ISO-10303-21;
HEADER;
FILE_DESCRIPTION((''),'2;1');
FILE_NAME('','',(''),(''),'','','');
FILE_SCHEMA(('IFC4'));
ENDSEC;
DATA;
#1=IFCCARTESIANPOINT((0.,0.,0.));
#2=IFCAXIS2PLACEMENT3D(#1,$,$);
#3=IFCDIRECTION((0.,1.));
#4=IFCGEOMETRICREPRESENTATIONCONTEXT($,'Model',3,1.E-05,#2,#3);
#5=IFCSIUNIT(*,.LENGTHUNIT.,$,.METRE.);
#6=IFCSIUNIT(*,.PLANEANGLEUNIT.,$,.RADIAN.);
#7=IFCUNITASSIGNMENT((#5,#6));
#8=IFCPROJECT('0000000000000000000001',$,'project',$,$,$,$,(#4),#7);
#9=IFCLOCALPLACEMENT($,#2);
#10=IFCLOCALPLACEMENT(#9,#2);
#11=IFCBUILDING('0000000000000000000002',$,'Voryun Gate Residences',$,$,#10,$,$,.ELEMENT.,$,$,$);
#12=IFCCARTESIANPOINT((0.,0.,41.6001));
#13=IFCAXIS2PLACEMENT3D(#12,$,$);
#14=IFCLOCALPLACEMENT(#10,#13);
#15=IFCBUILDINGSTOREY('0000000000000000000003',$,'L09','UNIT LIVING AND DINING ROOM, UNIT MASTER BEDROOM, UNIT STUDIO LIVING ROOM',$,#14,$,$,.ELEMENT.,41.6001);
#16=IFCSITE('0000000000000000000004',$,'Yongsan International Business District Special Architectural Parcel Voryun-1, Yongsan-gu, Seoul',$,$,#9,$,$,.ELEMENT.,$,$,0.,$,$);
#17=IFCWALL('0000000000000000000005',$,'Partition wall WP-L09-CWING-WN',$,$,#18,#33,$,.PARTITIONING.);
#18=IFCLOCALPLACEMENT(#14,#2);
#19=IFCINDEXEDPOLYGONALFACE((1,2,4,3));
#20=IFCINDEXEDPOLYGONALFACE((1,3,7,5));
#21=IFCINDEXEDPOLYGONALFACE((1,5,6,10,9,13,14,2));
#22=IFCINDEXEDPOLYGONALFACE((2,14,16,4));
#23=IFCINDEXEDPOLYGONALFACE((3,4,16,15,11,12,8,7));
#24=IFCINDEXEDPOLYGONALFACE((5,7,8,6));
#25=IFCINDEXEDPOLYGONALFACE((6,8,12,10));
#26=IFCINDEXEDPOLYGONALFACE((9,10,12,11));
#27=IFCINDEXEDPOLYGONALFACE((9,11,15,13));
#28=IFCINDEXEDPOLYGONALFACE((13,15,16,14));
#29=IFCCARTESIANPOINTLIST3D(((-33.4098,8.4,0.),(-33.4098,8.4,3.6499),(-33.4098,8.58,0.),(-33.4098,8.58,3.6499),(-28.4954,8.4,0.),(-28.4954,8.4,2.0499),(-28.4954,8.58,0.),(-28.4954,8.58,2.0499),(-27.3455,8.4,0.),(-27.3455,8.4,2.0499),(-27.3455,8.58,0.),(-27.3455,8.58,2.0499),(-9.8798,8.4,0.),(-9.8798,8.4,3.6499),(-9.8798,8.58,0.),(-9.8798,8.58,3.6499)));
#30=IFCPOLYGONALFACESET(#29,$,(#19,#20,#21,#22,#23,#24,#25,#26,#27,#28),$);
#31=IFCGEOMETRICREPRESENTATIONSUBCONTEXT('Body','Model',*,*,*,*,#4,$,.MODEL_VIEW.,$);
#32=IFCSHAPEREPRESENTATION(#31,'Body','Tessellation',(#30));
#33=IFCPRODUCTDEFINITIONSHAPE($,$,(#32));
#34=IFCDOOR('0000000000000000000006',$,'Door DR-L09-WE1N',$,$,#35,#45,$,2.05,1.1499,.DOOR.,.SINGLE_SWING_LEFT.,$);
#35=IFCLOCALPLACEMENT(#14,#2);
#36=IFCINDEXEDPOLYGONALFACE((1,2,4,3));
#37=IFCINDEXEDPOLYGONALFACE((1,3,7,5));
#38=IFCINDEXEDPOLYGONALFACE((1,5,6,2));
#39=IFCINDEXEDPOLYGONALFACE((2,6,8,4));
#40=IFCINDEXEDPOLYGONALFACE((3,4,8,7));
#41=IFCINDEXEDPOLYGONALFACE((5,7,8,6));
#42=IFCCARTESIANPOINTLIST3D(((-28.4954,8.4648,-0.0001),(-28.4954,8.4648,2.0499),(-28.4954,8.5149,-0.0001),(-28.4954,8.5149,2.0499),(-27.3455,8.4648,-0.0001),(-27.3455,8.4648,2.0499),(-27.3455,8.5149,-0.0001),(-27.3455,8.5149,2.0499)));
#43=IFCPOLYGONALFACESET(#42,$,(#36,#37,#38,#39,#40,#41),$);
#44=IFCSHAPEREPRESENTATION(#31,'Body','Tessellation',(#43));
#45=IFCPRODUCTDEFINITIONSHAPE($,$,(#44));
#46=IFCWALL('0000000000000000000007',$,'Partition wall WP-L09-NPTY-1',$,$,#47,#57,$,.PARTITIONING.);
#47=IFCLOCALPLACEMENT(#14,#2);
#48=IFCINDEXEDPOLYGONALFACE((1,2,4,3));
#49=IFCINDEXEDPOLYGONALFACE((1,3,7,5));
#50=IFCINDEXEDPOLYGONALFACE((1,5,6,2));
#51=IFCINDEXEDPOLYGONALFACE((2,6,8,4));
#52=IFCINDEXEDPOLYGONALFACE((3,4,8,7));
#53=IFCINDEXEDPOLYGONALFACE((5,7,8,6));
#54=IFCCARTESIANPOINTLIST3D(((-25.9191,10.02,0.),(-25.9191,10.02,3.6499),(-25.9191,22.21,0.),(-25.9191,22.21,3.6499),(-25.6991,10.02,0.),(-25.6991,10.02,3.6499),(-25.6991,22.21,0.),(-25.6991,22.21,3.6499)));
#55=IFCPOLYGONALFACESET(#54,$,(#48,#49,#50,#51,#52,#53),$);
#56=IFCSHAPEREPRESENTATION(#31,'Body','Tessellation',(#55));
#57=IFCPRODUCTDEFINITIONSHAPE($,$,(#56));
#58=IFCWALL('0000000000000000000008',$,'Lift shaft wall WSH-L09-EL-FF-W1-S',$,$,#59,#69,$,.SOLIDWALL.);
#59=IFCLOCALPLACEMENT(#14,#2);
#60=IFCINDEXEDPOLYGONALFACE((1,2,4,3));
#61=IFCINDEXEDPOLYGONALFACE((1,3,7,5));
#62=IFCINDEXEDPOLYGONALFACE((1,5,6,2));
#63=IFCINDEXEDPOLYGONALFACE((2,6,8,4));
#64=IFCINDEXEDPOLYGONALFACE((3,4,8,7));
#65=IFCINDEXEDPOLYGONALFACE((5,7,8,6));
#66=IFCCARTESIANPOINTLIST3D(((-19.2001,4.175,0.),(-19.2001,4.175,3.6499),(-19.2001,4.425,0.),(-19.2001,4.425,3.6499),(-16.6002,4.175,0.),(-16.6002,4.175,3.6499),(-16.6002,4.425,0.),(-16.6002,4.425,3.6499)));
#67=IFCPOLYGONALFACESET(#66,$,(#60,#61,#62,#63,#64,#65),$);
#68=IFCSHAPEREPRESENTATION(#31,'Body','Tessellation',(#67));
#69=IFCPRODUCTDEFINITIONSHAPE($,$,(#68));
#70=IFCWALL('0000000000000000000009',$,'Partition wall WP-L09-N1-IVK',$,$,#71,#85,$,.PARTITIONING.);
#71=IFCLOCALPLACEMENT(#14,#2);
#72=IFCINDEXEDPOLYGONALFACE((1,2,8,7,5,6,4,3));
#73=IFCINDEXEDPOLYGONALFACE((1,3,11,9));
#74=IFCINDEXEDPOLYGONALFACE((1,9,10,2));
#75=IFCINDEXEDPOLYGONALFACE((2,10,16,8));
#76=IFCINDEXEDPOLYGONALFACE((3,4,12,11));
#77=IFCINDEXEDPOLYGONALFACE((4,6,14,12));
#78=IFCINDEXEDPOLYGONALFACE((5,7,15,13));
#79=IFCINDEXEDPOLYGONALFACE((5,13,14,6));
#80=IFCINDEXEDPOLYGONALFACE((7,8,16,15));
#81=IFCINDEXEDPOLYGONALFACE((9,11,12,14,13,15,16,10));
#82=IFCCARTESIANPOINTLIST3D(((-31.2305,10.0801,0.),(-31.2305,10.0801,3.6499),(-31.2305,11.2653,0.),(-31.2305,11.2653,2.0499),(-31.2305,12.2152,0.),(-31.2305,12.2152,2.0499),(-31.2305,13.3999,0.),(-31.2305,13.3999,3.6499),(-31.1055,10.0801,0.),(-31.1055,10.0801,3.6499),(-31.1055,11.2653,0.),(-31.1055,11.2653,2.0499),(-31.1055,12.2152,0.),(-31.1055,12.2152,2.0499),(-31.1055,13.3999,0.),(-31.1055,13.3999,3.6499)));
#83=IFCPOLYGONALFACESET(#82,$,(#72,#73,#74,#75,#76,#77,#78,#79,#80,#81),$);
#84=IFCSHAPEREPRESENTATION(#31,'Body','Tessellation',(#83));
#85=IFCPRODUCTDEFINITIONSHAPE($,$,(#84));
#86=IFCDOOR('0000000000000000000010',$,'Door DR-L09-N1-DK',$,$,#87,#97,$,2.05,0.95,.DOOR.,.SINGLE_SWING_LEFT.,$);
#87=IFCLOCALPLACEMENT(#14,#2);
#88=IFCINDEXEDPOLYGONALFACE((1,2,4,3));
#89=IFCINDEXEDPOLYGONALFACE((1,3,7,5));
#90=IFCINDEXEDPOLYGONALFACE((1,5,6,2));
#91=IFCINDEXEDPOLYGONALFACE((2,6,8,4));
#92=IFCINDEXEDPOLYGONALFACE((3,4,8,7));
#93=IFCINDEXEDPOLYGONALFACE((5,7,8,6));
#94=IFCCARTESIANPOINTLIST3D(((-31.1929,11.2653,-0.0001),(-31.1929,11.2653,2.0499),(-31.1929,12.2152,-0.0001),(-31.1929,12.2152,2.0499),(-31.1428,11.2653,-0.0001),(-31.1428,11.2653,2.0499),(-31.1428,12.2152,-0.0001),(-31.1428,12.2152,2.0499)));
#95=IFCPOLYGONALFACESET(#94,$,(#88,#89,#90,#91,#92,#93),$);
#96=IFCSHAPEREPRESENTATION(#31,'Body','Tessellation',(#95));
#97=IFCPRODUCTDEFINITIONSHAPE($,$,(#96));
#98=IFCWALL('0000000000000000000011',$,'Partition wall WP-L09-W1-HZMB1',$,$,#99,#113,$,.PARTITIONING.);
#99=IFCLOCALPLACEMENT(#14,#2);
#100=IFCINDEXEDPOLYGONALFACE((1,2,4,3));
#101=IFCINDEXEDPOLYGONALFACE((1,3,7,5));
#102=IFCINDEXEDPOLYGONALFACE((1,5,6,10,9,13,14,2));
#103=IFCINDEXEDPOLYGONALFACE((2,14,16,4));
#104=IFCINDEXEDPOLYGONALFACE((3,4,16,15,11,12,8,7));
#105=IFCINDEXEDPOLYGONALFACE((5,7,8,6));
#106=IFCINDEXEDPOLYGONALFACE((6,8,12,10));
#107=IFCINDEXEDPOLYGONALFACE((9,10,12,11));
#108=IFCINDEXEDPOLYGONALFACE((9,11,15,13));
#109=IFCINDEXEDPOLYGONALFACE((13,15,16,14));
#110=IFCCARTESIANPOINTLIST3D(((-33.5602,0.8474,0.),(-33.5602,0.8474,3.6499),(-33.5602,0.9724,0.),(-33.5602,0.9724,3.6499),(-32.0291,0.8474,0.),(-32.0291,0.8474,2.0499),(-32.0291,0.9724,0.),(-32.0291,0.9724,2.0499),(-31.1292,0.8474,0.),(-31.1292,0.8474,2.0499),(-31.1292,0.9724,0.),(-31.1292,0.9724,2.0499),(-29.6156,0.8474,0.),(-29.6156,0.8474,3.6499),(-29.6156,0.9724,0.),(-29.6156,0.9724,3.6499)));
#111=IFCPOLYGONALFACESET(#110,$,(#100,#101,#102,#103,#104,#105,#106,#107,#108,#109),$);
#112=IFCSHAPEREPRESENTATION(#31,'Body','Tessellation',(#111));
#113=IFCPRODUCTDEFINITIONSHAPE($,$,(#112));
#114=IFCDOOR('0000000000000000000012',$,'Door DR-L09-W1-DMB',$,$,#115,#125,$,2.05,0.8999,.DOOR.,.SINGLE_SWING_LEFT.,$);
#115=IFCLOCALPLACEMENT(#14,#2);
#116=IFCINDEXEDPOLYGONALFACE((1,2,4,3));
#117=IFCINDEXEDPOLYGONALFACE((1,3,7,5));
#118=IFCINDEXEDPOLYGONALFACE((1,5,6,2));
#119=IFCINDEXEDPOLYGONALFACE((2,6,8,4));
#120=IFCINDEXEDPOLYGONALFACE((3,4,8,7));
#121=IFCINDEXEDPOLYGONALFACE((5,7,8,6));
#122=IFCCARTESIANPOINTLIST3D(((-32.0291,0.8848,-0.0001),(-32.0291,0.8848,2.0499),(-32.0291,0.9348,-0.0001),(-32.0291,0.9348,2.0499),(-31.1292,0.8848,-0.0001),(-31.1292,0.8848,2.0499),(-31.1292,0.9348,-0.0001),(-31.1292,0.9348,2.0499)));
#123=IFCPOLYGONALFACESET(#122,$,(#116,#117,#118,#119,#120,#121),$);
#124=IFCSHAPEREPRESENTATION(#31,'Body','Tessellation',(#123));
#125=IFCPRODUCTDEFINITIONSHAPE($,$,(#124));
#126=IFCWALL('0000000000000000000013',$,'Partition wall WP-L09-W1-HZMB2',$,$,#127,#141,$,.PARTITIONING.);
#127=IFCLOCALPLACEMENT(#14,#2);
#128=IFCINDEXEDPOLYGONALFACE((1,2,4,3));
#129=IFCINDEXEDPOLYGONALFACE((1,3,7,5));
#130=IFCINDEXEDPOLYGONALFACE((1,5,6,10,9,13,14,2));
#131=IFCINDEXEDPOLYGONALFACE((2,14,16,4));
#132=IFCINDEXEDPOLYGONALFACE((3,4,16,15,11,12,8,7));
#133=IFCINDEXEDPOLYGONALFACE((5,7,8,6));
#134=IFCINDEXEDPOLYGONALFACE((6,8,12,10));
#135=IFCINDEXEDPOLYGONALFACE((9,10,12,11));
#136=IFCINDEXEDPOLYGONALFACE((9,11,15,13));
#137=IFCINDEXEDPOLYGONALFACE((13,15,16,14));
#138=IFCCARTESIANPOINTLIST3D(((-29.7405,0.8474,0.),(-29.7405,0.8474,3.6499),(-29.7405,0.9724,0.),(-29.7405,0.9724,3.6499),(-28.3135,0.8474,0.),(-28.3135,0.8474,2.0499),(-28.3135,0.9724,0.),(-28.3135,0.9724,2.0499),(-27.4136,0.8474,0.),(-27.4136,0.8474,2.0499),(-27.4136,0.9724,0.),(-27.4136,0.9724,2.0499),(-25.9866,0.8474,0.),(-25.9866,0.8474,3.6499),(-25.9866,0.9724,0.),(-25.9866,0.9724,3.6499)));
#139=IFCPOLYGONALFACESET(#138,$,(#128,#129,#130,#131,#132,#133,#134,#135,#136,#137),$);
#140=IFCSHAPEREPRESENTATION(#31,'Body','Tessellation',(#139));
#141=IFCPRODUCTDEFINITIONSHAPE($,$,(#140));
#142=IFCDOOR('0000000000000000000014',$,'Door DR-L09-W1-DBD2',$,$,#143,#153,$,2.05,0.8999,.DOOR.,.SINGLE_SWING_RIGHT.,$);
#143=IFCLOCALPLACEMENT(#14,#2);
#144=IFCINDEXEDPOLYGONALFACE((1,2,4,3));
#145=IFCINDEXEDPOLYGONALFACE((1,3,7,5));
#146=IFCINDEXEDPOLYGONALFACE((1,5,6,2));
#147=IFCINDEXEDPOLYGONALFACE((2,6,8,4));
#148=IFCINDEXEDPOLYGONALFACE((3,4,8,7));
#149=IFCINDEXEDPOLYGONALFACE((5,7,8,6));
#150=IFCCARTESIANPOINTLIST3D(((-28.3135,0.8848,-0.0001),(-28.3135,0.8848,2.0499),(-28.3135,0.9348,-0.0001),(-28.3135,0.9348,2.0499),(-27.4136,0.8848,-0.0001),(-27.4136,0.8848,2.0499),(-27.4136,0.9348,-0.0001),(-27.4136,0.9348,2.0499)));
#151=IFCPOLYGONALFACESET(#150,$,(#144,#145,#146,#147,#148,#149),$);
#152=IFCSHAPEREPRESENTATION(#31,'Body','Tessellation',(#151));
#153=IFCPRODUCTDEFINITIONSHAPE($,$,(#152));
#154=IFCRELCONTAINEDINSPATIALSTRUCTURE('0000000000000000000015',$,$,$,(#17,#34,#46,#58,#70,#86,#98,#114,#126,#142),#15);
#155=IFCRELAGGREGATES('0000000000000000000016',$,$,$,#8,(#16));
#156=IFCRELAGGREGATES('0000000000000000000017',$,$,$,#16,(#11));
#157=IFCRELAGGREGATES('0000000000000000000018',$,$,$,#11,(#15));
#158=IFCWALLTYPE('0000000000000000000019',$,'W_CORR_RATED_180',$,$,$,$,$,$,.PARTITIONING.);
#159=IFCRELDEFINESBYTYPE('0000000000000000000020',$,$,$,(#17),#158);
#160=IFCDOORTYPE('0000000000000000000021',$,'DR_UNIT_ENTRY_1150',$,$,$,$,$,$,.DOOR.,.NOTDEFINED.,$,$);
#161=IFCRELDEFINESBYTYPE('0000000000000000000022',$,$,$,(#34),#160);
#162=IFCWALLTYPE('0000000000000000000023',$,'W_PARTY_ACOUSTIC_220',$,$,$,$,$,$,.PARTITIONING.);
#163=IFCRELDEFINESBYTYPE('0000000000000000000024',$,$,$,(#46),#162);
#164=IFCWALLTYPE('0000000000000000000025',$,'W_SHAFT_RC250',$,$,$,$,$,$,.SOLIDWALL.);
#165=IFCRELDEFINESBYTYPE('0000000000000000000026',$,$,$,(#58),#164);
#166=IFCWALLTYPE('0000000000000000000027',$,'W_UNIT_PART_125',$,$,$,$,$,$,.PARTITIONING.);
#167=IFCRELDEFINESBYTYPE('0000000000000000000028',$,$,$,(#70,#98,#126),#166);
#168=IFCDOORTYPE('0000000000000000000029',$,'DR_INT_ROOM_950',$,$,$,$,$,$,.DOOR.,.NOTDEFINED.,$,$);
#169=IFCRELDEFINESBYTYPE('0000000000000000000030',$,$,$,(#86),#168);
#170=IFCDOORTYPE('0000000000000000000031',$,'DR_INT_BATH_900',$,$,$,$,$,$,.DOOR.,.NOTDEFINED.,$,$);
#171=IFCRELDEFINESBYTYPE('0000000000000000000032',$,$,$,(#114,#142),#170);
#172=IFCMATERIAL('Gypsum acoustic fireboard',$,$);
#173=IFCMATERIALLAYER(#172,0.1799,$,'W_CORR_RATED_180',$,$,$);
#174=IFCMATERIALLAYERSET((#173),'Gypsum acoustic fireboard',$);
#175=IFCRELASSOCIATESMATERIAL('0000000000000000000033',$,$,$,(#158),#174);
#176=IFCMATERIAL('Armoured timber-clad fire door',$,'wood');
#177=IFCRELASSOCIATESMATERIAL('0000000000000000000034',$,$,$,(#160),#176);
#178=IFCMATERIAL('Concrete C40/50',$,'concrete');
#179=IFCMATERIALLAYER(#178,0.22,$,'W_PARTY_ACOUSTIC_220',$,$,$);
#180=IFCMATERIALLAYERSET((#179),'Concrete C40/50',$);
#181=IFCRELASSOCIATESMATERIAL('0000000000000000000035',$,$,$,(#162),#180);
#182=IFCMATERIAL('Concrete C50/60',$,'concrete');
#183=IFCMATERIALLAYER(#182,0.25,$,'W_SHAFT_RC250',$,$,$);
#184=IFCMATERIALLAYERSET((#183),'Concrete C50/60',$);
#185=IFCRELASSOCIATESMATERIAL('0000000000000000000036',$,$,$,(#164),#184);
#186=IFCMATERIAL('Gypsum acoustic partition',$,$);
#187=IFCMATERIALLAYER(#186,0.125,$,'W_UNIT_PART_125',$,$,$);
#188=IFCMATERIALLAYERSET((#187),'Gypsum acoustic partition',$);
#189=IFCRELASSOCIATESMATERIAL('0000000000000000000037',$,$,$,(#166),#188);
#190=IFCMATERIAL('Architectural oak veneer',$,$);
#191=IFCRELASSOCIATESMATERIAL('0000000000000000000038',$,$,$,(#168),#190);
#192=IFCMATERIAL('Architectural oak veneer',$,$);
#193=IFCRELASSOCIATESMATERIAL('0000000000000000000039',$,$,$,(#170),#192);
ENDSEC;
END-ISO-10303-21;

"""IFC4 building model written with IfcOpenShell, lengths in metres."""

from ifc_helpers import new_model, si_unit, direction, frame, frame_2d, origin, place, context, subcontext, project, spatial, rectangle, extrude, material, layer, layer_set, type_object, element, fill, save


model = new_model("IFC4")

# Units and contexts
model_context = context("Model", 3, precision=1e-05, world=origin(), true_north=direction((0.0, 1.0)))
body_context = subcontext(model_context, "Body", "Model", "MODEL_VIEW")
ifc_project = project(units=[si_unit("LENGTHUNIT", "METRE"), si_unit("PLANEANGLEUNIT", "RADIAN")], contexts=[model_context])

# Site, building, storey
site_placement = place(None, origin())
site = spatial("IfcSite", under=ifc_project, at=site_placement, Name="Yongsan International Business District Special Architectural Parcel Voryun-1, Yongsan-gu, Seoul", CompositionType="ELEMENT", RefElevation=0.0)
building_placement = place(site_placement, origin())
building = spatial("IfcBuilding", under=site, at=building_placement, Name="Voryun Gate Residences", CompositionType="ELEMENT")
storey_placement = place(building_placement, frame((0.0, 0.0, 41.6001)))
storey = spatial("IfcBuildingStorey", under=building, at=storey_placement, Name="L09", Description="UNIT LIVING AND DINING ROOM, UNIT MASTER BEDROOM, UNIT STUDIO LIVING ROOM", CompositionType="ELEMENT", Elevation=41.6001)

# Wall, opening, door
ifc_material_1 = material(Name="Gypsum acoustic fireboard")
ifc_layer_1 = layer(ifc_material_1, 0.1799, Name="W_CORR_RATED_180")
ifc_layer_set_1 = layer_set([ifc_layer_1], Name="Gypsum acoustic fireboard")
wall_type_1 = type_object("IfcWallType", Name="W_CORR_RATED_180", PredefinedType="PARTITIONING", material=ifc_layer_set_1)
wall_1_placement = place(storey_placement, frame((-33.4099, 8.49, 0.0), z_axis=(0.0, 0.0, 1.0), x_axis=(1.0, 0.0, 0.0)))
wall_1 = element("IfcWall", 1, at=wall_1_placement, inside=storey, type_object=wall_type_1, Name="Partition wall WP-L09-CWING-WN", PredefinedType="PARTITIONING", context=body_context, shape_type="SweptSolid", body=[
    extrude(rectangle(XDim=23.53, YDim=0.1799, at=frame_2d((11.7651, 0.0))), origin(), (0.0, 0.0, 1.0), 3.6499),
])
opening_1_placement = place(wall_1_placement, frame((4.9146, 0.0, 0.0)))
opening_1 = element("IfcOpeningElement", 2, at=opening_1_placement, cuts=wall_1, PredefinedType="OPENING", context=body_context, shape_type="SweptSolid", body=[
    extrude(rectangle(XDim=1.1499, YDim=2.05, at=frame_2d((0.575, 1.0249))), frame((0.0, 0.0999, 0.0), z_axis=(0.0, -1.0, 0.0), x_axis=(1.0, 0.0, 0.0)), (0.0, 0.0, 1.0), 0.2),
])
ifc_material_2 = material(Name="Armoured timber-clad fire door", Category="wood")
door_type_1 = type_object("IfcDoorType", Name="DR_UNIT_ENTRY_1150", OperationType="NOTDEFINED", PredefinedType="DOOR", material=ifc_material_2)
door_1_placement = place(opening_1_placement, origin())
door_1 = element("IfcDoor", 3, at=door_1_placement, inside=storey, type_object=door_type_1, Name="Door DR-L09-WE1N", OperationType="SINGLE_SWING_LEFT", OverallHeight=2.05, OverallWidth=1.1499, PredefinedType="DOOR", context=body_context, shape_type="SweptSolid", body=[
    extrude(rectangle(XDim=1.1499, YDim=2.05, at=frame_2d((0.575, 1.0249))), frame((0.0, 0.0249, 0.0), z_axis=(0.0, -1.0, 0.0), x_axis=(1.0, 0.0, 0.0)), (0.0, 0.0, 1.0), 0.05),
])
fill(opening_1, door_1)

# Walls
ifc_material_3 = material(Name="Concrete C40/50", Category="concrete")
ifc_layer_2 = layer(ifc_material_3, 0.22, Name="W_PARTY_ACOUSTIC_220")
ifc_layer_set_2 = layer_set([ifc_layer_2], Name="Concrete C40/50")
wall_type_2 = type_object("IfcWallType", Name="W_PARTY_ACOUSTIC_220", PredefinedType="PARTITIONING", material=ifc_layer_set_2)
wall_2_placement = place(storey_placement, frame((-25.8091, 10.02, 0.0), z_axis=(0.0, 0.0, 1.0), x_axis=(0.0, 1.0, 0.0)))
element("IfcWall", 4, at=wall_2_placement, inside=storey, type_object=wall_type_2, Name="Partition wall WP-L09-NPTY-1", PredefinedType="PARTITIONING", context=body_context, shape_type="SweptSolid", body=[
    extrude(rectangle(XDim=12.1899, YDim=0.22, at=frame_2d((6.095, 0.0))), origin(), (0.0, 0.0, 1.0), 3.6499),
])
ifc_material_4 = material(Name="Concrete C50/60", Category="concrete")
ifc_layer_3 = layer(ifc_material_4, 0.25, Name="W_SHAFT_RC250")
ifc_layer_set_3 = layer_set([ifc_layer_3], Name="Concrete C50/60")
wall_type_3 = type_object("IfcWallType", Name="W_SHAFT_RC250", PredefinedType="SOLIDWALL", material=ifc_layer_set_3)
wall_3_placement = place(storey_placement, frame((-19.2, 4.3, 0.0), z_axis=(0.0, 0.0, 1.0), x_axis=(1.0, 0.0, 0.0)))
element("IfcWall", 5, at=wall_3_placement, inside=storey, type_object=wall_type_3, Name="Lift shaft wall WSH-L09-EL-FF-W1-S", PredefinedType="SOLIDWALL", context=body_context, shape_type="SweptSolid", body=[
    extrude(rectangle(XDim=2.5999, YDim=0.25, at=frame_2d((1.2998, 0.0))), origin(), (0.0, 0.0, 1.0), 3.6499),
])

# Walls, openings, doors
ifc_material_5 = material(Name="Gypsum acoustic partition")
ifc_layer_4 = layer(ifc_material_5, 0.125, Name="W_UNIT_PART_125")
ifc_layer_set_4 = layer_set([ifc_layer_4], Name="Gypsum acoustic partition")
wall_type_4 = type_object("IfcWallType", Name="W_UNIT_PART_125", PredefinedType="PARTITIONING", material=ifc_layer_set_4)
wall_4_placement = place(storey_placement, frame((-31.168, 10.0801, 0.0), z_axis=(0.0, 0.0, 1.0), x_axis=(0.0, 1.0, 0.0)))
wall_4 = element("IfcWall", 6, at=wall_4_placement, inside=storey, type_object=wall_type_4, Name="Partition wall WP-L09-N1-IVK", PredefinedType="PARTITIONING", context=body_context, shape_type="SweptSolid", body=[
    extrude(rectangle(XDim=3.3198, YDim=0.125, at=frame_2d((1.6599, 0.0))), origin(), (0.0, 0.0, 1.0), 3.6499),
])
opening_2_placement = place(wall_4_placement, frame((1.1851, 0.0, 0.0)))
opening_2 = element("IfcOpeningElement", 7, at=opening_2_placement, cuts=wall_4, PredefinedType="OPENING", context=body_context, shape_type="SweptSolid", body=[
    extrude(rectangle(XDim=0.95, YDim=2.05, at=frame_2d((0.4751, 1.0249))), frame((0.0, 0.0725, 0.0), z_axis=(0.0, -1.0, 0.0), x_axis=(1.0, 0.0, 0.0)), (0.0, 0.0, 1.0), 0.145),
])
ifc_material_6 = material(Name="Architectural oak veneer")
door_type_2 = type_object("IfcDoorType", Name="DR_INT_ROOM_950", OperationType="NOTDEFINED", PredefinedType="DOOR", material=ifc_material_6)
door_2_placement = place(opening_2_placement, origin())
door_2 = element("IfcDoor", 8, at=door_2_placement, inside=storey, type_object=door_type_2, Name="Door DR-L09-N1-DK", OperationType="SINGLE_SWING_LEFT", OverallHeight=2.05, OverallWidth=0.95, PredefinedType="DOOR", context=body_context, shape_type="SweptSolid", body=[
    extrude(rectangle(XDim=0.95, YDim=2.05, at=frame_2d((0.4751, 1.0249))), frame((0.0, 0.0249, 0.0), z_axis=(0.0, -1.0, 0.0), x_axis=(1.0, 0.0, 0.0)), (0.0, 0.0, 1.0), 0.05),
])
fill(opening_2, door_2)
wall_5_placement = place(storey_placement, frame((-33.5601, 0.9099, 0.0), z_axis=(0.0, 0.0, 1.0), x_axis=(1.0, 0.0, 0.0)))
wall_5 = element("IfcWall", 9, at=wall_5_placement, inside=storey, type_object=wall_type_4, Name="Partition wall WP-L09-W1-HZMB1", PredefinedType="PARTITIONING", context=body_context, shape_type="SweptSolid", body=[
    extrude(rectangle(XDim=3.9446, YDim=0.125, at=frame_2d((1.9722, 0.0))), origin(), (0.0, 0.0, 1.0), 3.6499),
])
opening_3_placement = place(wall_5_placement, frame((1.531, 0.0, 0.0)))
opening_3 = element("IfcOpeningElement", 10, at=opening_3_placement, cuts=wall_5, PredefinedType="OPENING", context=body_context, shape_type="SweptSolid", body=[
    extrude(rectangle(XDim=0.8999, YDim=2.05, at=frame_2d((0.45, 1.0249))), frame((0.0, 0.0725, 0.0), z_axis=(0.0, -1.0, 0.0), x_axis=(1.0, 0.0, 0.0)), (0.0, 0.0, 1.0), 0.145),
])
ifc_material_7 = material(Name="Architectural oak veneer")
door_type_3 = type_object("IfcDoorType", Name="DR_INT_BATH_900", OperationType="NOTDEFINED", PredefinedType="DOOR", material=ifc_material_7)
door_3_placement = place(opening_3_placement, origin())
door_3 = element("IfcDoor", 11, at=door_3_placement, inside=storey, type_object=door_type_3, Name="Door DR-L09-W1-DMB", OperationType="SINGLE_SWING_LEFT", OverallHeight=2.05, OverallWidth=0.8999, PredefinedType="DOOR", context=body_context, shape_type="SweptSolid", body=[
    extrude(rectangle(XDim=0.8999, YDim=2.05, at=frame_2d((0.45, 1.0249))), frame((0.0, 0.0249, 0.0), z_axis=(0.0, -1.0, 0.0), x_axis=(1.0, 0.0, 0.0)), (0.0, 0.0, 1.0), 0.05),
])
fill(opening_3, door_3)
wall_6_placement = place(storey_placement, frame((-29.7405, 0.9099, 0.0), z_axis=(0.0, 0.0, 1.0), x_axis=(1.0, 0.0, 0.0)))
wall_6 = element("IfcWall", 12, at=wall_6_placement, inside=storey, type_object=wall_type_4, Name="Partition wall WP-L09-W1-HZMB2", PredefinedType="PARTITIONING", context=body_context, shape_type="SweptSolid", body=[
    extrude(rectangle(XDim=3.7539, YDim=0.125, at=frame_2d((1.877, 0.0))), origin(), (0.0, 0.0, 1.0), 3.6499),
])
opening_4_placement = place(wall_6_placement, frame((1.427, 0.0, 0.0)))
opening_4 = element("IfcOpeningElement", 13, at=opening_4_placement, cuts=wall_6, PredefinedType="OPENING", context=body_context, shape_type="SweptSolid", body=[
    extrude(rectangle(XDim=0.8999, YDim=2.05, at=frame_2d((0.45, 1.0249))), frame((0.0, 0.0725, 0.0), z_axis=(0.0, -1.0, 0.0), x_axis=(1.0, 0.0, 0.0)), (0.0, 0.0, 1.0), 0.145),
])
door_4_placement = place(opening_4_placement, origin())
door_4 = element("IfcDoor", 14, at=door_4_placement, inside=storey, type_object=door_type_3, Name="Door DR-L09-W1-DBD2", OperationType="SINGLE_SWING_RIGHT", OverallHeight=2.05, OverallWidth=0.8999, PredefinedType="DOOR", context=body_context, shape_type="SweptSolid", body=[
    extrude(rectangle(XDim=0.8999, YDim=2.05, at=frame_2d((0.45, 1.0249))), frame((0.0, 0.0249, 0.0), z_axis=(0.0, -1.0, 0.0), x_axis=(1.0, 0.0, 0.0)), (0.0, 0.0, 1.0), 0.05),
])
fill(opening_4, door_4)

save(model, "model.ifc")
